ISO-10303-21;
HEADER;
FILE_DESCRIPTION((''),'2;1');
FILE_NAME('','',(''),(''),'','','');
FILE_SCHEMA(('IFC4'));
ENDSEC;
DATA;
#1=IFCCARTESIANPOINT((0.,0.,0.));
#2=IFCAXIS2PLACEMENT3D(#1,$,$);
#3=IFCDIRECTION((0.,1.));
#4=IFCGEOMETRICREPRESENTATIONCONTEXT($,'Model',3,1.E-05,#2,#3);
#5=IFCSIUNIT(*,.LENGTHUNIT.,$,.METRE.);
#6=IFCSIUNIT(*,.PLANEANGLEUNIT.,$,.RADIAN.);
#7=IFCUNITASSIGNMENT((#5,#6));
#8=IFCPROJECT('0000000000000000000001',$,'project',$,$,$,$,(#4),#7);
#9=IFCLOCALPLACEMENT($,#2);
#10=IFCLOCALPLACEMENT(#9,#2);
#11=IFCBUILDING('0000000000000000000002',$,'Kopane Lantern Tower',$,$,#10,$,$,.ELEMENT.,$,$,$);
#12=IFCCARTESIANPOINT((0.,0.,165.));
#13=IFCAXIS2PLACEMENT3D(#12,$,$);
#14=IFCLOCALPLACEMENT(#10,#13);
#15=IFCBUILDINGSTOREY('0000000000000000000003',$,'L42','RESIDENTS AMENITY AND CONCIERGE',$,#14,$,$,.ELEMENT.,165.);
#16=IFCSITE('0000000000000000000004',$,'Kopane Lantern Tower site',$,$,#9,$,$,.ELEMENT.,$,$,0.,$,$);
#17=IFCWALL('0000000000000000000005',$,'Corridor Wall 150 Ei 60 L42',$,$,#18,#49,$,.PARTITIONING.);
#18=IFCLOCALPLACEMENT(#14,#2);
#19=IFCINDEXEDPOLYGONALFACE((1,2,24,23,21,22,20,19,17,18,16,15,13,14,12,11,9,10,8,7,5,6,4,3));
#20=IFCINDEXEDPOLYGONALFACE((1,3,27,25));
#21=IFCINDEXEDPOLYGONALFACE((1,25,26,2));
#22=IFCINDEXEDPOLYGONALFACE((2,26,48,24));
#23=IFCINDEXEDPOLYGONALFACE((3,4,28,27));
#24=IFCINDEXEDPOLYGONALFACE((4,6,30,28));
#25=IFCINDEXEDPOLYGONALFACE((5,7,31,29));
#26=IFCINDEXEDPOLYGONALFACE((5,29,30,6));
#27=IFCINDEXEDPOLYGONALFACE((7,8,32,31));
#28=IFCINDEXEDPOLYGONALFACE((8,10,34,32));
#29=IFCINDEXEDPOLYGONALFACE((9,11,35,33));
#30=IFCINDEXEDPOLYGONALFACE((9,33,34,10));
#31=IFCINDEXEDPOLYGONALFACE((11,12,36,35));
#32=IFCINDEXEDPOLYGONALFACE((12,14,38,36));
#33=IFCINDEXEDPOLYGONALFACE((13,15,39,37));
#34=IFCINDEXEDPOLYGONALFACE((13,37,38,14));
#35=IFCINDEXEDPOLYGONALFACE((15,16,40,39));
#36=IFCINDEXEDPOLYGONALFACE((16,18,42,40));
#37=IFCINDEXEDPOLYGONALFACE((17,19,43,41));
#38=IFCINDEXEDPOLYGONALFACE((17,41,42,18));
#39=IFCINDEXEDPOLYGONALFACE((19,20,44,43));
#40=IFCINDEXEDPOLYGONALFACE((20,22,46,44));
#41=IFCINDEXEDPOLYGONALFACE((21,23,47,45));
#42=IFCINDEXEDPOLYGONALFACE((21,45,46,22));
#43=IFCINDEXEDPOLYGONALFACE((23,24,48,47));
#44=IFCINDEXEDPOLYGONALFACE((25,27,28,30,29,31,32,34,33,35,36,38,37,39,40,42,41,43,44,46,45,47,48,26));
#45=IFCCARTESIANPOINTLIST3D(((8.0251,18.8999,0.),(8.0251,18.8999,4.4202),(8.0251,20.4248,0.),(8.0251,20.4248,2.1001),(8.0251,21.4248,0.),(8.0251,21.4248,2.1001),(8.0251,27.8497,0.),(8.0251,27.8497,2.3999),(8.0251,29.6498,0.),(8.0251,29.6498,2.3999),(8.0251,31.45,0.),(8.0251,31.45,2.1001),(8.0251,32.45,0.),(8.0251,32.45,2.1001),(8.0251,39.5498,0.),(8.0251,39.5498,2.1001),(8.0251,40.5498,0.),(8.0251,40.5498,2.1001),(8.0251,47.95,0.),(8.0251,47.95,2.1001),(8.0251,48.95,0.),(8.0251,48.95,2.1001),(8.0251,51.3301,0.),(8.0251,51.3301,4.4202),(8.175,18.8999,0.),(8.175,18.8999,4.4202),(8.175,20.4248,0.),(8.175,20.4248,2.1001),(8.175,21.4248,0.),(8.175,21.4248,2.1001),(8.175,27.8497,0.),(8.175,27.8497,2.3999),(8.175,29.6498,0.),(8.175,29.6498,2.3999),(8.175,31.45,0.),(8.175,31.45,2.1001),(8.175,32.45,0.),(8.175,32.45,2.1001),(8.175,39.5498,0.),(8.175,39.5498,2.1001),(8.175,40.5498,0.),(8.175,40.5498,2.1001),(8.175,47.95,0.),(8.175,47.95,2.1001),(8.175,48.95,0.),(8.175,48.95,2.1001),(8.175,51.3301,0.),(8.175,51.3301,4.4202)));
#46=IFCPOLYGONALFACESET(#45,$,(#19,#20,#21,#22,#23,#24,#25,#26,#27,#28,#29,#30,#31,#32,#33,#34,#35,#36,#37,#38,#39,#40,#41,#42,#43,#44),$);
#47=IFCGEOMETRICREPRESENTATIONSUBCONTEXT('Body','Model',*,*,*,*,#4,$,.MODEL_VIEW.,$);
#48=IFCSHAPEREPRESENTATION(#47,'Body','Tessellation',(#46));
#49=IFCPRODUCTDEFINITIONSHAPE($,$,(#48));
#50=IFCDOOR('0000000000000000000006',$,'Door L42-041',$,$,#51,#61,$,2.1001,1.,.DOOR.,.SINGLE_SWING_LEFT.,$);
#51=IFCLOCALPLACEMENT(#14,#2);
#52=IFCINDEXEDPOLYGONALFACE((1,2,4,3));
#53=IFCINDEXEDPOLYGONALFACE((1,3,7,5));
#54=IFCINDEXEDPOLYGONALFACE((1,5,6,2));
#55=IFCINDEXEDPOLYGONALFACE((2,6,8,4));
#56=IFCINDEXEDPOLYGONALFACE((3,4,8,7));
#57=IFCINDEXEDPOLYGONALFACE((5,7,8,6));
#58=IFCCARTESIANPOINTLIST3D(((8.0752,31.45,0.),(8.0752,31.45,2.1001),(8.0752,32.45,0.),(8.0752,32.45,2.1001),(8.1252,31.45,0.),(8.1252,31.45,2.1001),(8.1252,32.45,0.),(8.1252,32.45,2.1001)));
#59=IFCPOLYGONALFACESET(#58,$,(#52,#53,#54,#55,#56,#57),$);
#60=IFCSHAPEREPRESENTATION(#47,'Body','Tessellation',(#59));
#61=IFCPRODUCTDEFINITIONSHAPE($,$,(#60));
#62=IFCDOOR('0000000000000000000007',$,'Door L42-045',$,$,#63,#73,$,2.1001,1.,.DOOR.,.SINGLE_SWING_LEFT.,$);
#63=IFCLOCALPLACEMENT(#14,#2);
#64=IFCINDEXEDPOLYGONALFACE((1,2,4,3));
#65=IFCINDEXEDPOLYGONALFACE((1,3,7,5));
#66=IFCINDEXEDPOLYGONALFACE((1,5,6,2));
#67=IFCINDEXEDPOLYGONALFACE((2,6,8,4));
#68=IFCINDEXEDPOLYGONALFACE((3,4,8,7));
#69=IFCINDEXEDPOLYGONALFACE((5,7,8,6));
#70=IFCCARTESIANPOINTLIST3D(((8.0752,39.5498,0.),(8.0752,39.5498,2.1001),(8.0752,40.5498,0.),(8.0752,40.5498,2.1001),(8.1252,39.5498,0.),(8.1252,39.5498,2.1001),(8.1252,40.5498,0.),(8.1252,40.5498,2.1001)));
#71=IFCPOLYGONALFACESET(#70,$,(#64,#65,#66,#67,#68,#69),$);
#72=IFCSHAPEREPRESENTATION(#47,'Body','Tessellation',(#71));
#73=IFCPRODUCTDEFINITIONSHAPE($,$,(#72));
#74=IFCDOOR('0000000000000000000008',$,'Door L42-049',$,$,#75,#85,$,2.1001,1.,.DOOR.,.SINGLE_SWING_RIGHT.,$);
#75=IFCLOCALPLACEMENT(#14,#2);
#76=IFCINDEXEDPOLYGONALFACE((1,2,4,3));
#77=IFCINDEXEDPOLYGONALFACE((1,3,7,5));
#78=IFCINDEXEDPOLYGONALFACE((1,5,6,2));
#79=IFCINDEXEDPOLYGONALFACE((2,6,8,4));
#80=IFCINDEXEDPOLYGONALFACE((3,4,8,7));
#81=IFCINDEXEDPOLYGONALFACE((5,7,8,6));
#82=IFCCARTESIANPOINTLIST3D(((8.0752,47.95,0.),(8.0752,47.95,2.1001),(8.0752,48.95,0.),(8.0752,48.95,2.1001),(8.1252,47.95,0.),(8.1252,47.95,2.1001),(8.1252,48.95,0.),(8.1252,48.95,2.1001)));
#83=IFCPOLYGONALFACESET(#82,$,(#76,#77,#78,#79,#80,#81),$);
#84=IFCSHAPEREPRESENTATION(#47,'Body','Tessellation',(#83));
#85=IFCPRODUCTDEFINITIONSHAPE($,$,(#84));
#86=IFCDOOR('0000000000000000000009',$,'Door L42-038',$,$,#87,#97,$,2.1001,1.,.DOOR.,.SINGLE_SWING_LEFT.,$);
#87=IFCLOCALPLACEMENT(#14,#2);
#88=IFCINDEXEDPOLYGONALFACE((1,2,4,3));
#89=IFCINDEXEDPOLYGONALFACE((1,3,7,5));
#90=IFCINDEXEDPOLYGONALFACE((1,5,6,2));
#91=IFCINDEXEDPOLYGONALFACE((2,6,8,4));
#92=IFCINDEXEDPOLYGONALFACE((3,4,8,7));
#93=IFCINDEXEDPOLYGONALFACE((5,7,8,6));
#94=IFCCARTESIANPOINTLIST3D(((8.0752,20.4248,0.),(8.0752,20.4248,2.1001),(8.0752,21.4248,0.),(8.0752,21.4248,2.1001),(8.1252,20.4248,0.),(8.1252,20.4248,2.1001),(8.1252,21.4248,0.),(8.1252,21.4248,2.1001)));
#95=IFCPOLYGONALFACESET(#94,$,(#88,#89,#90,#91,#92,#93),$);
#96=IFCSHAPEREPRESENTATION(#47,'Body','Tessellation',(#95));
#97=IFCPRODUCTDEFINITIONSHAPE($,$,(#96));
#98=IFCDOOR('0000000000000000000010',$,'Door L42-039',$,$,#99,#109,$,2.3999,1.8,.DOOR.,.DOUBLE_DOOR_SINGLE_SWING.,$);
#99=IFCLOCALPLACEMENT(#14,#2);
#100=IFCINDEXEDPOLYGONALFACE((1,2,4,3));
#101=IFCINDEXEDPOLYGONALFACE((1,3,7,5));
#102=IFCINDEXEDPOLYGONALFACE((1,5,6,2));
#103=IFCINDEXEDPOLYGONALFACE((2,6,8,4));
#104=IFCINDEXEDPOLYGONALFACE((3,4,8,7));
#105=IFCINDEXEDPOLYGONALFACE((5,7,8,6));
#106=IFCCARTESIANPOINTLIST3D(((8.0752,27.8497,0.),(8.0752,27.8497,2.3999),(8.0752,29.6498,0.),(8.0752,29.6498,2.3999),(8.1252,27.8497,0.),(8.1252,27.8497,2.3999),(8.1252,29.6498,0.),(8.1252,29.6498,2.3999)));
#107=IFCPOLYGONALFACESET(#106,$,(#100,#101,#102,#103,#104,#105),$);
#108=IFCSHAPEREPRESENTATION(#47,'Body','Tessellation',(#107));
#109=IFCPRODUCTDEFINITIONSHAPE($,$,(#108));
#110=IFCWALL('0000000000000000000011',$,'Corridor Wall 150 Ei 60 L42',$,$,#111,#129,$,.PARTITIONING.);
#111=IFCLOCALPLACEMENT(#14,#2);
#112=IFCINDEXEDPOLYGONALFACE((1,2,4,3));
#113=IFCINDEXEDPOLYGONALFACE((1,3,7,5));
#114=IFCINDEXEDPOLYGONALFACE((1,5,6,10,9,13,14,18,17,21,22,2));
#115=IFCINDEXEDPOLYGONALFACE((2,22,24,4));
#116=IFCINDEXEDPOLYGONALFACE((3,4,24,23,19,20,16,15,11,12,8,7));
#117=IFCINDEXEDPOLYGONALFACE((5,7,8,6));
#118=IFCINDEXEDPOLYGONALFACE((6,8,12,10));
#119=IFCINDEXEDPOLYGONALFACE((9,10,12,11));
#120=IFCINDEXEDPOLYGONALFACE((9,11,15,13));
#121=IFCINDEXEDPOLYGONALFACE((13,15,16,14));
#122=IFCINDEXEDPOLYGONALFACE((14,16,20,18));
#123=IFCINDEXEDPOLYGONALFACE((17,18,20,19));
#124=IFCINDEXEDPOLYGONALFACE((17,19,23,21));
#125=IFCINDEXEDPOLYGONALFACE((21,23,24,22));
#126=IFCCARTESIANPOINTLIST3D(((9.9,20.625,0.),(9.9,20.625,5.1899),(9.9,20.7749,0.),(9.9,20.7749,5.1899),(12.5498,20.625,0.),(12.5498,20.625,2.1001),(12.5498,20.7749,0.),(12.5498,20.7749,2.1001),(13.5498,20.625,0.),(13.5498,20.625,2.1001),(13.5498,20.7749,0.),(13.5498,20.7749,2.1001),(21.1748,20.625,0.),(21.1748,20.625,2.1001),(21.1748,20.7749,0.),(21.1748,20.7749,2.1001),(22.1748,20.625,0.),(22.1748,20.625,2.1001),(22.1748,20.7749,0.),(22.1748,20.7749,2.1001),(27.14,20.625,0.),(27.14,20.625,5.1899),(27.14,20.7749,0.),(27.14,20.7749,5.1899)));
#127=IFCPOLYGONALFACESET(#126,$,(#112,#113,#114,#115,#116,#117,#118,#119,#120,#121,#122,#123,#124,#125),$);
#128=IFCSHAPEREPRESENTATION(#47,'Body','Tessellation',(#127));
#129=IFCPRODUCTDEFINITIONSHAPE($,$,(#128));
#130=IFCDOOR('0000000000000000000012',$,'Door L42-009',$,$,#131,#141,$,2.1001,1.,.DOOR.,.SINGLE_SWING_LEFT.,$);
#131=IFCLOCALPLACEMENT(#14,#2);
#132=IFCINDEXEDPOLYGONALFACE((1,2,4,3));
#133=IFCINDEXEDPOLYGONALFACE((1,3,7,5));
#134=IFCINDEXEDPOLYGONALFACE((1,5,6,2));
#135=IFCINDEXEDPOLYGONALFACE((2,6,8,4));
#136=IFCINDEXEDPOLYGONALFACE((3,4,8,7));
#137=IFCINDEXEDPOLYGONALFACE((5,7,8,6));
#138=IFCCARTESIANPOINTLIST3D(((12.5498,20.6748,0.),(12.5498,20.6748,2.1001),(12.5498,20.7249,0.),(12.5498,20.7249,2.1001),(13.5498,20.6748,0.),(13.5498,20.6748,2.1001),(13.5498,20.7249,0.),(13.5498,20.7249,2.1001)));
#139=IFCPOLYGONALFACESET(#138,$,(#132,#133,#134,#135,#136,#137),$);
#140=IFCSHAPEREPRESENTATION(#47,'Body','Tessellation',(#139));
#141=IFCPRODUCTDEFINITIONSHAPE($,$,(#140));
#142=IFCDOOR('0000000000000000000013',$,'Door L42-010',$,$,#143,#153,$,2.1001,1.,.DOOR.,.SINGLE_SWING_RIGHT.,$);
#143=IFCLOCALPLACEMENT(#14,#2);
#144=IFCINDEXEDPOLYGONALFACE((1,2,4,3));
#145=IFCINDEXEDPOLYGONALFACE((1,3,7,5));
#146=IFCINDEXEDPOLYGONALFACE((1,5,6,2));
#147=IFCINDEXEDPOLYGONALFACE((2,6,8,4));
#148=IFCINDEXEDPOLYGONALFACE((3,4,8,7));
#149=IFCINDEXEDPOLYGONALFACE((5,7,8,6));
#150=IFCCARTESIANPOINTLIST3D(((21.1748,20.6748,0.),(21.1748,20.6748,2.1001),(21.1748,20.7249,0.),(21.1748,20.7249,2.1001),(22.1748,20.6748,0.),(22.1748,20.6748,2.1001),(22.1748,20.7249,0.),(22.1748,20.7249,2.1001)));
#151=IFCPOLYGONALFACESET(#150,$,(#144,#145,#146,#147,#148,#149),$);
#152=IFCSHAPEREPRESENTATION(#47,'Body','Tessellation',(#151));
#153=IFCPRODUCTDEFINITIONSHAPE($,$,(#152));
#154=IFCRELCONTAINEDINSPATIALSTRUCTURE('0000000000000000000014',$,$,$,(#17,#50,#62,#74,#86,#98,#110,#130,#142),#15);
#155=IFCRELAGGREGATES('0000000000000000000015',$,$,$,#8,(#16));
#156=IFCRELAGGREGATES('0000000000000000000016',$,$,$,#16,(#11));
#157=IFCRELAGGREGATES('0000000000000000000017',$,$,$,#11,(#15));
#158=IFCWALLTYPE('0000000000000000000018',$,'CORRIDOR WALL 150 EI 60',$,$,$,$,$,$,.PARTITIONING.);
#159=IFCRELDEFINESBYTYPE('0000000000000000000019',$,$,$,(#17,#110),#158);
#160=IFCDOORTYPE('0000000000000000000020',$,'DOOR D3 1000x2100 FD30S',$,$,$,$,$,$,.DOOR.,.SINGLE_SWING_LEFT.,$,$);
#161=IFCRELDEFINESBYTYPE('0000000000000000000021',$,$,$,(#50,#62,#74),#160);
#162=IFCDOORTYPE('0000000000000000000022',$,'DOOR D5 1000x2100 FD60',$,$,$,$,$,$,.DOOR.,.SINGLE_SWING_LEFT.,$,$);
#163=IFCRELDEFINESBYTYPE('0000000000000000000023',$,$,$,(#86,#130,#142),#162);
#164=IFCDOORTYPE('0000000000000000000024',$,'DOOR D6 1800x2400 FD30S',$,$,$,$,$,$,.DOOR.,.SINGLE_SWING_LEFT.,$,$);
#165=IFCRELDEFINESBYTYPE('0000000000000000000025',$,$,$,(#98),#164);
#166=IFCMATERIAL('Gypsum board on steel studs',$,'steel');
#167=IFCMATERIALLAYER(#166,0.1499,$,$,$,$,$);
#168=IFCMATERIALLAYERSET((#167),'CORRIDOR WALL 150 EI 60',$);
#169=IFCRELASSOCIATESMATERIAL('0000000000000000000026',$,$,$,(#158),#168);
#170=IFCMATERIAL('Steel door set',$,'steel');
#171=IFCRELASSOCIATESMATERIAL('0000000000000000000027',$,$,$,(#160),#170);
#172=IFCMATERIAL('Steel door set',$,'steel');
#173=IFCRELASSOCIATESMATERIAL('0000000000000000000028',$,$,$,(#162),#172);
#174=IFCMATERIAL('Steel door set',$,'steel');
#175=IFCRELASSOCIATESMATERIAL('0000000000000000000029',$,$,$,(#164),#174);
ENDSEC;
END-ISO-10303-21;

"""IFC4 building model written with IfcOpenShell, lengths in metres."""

from ifc_helpers import new_model, si_unit, direction, frame, frame_2d, origin, place, context, subcontext, project, spatial, rectangle, extrude, material, layer, layer_set, type_object, element, fill, save


model = new_model("IFC4")

# Units and contexts
model_context = context("Model", 3, precision=1e-05, world=origin(), true_north=direction((0.0, 1.0)))
body_context = subcontext(model_context, "Body", "Model", "MODEL_VIEW")
ifc_project = project(units=[si_unit("LENGTHUNIT", "METRE"), si_unit("PLANEANGLEUNIT", "RADIAN")], contexts=[model_context])

# Site, building, storey
site_placement = place(None, origin())
site = spatial("IfcSite", under=ifc_project, at=site_placement, Name="Kopane Lantern Tower site", CompositionType="ELEMENT", RefElevation=0.0)
building_placement = place(site_placement, origin())
building = spatial("IfcBuilding", under=site, at=building_placement, Name="Kopane Lantern Tower", CompositionType="ELEMENT")
storey_placement = place(building_placement, frame((0.0, 0.0, 165.0)))
storey = spatial("IfcBuildingStorey", under=building, at=storey_placement, Name="L42", Description="RESIDENTS AMENITY AND CONCIERGE", CompositionType="ELEMENT", Elevation=165.0)

# Walls, openings, doors
ifc_material_1 = material(Name="Gypsum board on steel studs", Category="steel")
ifc_layer_1 = layer(ifc_material_1, 0.1499)
ifc_layer_set_1 = layer_set([ifc_layer_1], Name="CORRIDOR WALL 150 EI 60")
wall_type_1 = type_object("IfcWallType", Name="CORRIDOR WALL 150 EI 60", PredefinedType="PARTITIONING", material=ifc_layer_set_1)
ifc_material_2 = material(Name="Steel door set", Category="steel")
door_type_1 = type_object("IfcDoorType", Name="DOOR D3 1000x2100 FD30S", OperationType="SINGLE_SWING_LEFT", PredefinedType="DOOR", material=ifc_material_2)
ifc_material_3 = material(Name="Steel door set", Category="steel")
door_type_2 = type_object("IfcDoorType", Name="DOOR D5 1000x2100 FD60", OperationType="SINGLE_SWING_LEFT", PredefinedType="DOOR", material=ifc_material_3)
ifc_material_4 = material(Name="Steel door set", Category="steel")
door_type_3 = type_object("IfcDoorType", Name="DOOR D6 1800x2400 FD30S", OperationType="SINGLE_SWING_LEFT", PredefinedType="DOOR", material=ifc_material_4)
wall_1_placement = place(storey_placement, frame((8.1001, 18.8999, 0.0), z_axis=(0.0, 0.0, 1.0), x_axis=(0.0, 1.0, 0.0)))
wall_1 = element("IfcWall", 1, at=wall_1_placement, inside=storey, type_object=wall_type_1, Name="Corridor Wall 150 Ei 60 L42", PredefinedType="PARTITIONING", context=body_context, shape_type="SweptSolid", body=[
    extrude(rectangle(XDim=32.4302, YDim=0.1499, at=frame_2d((16.2151, 0.0))), origin(), (0.0, 0.0, 1.0), 4.4202),
])
opening_1_placement = place(wall_1_placement, frame((1.5249, 0.0, 0.0)))
opening_1 = element("IfcOpeningElement", 2, at=opening_1_placement, cuts=wall_1, PredefinedType="OPENING", context=body_context, shape_type="SweptSolid", body=[
    extrude(rectangle(XDim=1.0, YDim=2.1001, at=frame_2d((0.5, 1.05))), frame((0.0, 0.085, 0.0), z_axis=(0.0, -1.0, 0.0), x_axis=(1.0, 0.0, 0.0)), (0.0, 0.0, 1.0), 0.1699),
])
opening_2_placement = place(wall_1_placement, frame((8.95, 0.0, 0.0)))
opening_2 = element("IfcOpeningElement", 3, at=opening_2_placement, cuts=wall_1, PredefinedType="OPENING", context=body_context, shape_type="SweptSolid", body=[
    extrude(rectangle(XDim=1.8, YDim=2.3999, at=frame_2d((0.8999, 1.2))), frame((0.0, 0.085, 0.0), z_axis=(0.0, -1.0, 0.0), x_axis=(1.0, 0.0, 0.0)), (0.0, 0.0, 1.0), 0.1699),
])
opening_3_placement = place(wall_1_placement, frame((12.55, 0.0, 0.0)))
opening_3 = element("IfcOpeningElement", 4, at=opening_3_placement, cuts=wall_1, PredefinedType="OPENING", context=body_context, shape_type="SweptSolid", body=[
    extrude(rectangle(XDim=1.0, YDim=2.1001, at=frame_2d((0.5, 1.05))), frame((0.0, 0.085, 0.0), z_axis=(0.0, -1.0, 0.0), x_axis=(1.0, 0.0, 0.0)), (0.0, 0.0, 1.0), 0.1699),
])
opening_4_placement = place(wall_1_placement, frame((20.6499, 0.0, 0.0)))
opening_4 = element("IfcOpeningElement", 5, at=opening_4_placement, cuts=wall_1, PredefinedType="OPENING", context=body_context, shape_type="SweptSolid", body=[
    extrude(rectangle(XDim=1.0, YDim=2.1001, at=frame_2d((0.5, 1.05))), frame((0.0, 0.085, 0.0), z_axis=(0.0, -1.0, 0.0), x_axis=(1.0, 0.0, 0.0)), (0.0, 0.0, 1.0), 0.1699),
])
opening_5_placement = place(wall_1_placement, frame((29.05, 0.0, 0.0)))
opening_5 = element("IfcOpeningElement", 6, at=opening_5_placement, cuts=wall_1, PredefinedType="OPENING", context=body_context, shape_type="SweptSolid", body=[
    extrude(rectangle(XDim=1.0, YDim=2.1001, at=frame_2d((0.5, 1.05))), frame((0.0, 0.085, 0.0), z_axis=(0.0, -1.0, 0.0), x_axis=(1.0, 0.0, 0.0)), (0.0, 0.0, 1.0), 0.1699),
])
door_1_placement = place(opening_3_placement, origin())
door_1 = element("IfcDoor", 7, at=door_1_placement, inside=storey, type_object=door_type_1, Name="Door L42-041", OperationType="SINGLE_SWING_LEFT", OverallHeight=2.1001, OverallWidth=1.0, PredefinedType="DOOR", context=body_context, shape_type="SweptSolid", body=[
    extrude(rectangle(XDim=1.0, YDim=2.1001, at=frame_2d((0.5, 1.05))), frame((0.0, 0.0249, 0.0), z_axis=(0.0, -1.0, 0.0), x_axis=(1.0, 0.0, 0.0)), (0.0, 0.0, 1.0), 0.05),
])
fill(opening_3, door_1)
door_2_placement = place(opening_4_placement, origin())
door_2 = element("IfcDoor", 8, at=door_2_placement, inside=storey, type_object=door_type_1, Name="Door L42-045", OperationType="SINGLE_SWING_LEFT", OverallHeight=2.1001, OverallWidth=1.0, PredefinedType="DOOR", context=body_context, shape_type="SweptSolid", body=[
    extrude(rectangle(XDim=1.0, YDim=2.1001, at=frame_2d((0.5, 1.05))), frame((0.0, 0.0249, 0.0), z_axis=(0.0, -1.0, 0.0), x_axis=(1.0, 0.0, 0.0)), (0.0, 0.0, 1.0), 0.05),
])
fill(opening_4, door_2)
door_3_placement = place(opening_5_placement, origin())
door_3 = element("IfcDoor", 9, at=door_3_placement, inside=storey, type_object=door_type_1, Name="Door L42-049", OperationType="SINGLE_SWING_RIGHT", OverallHeight=2.1001, OverallWidth=1.0, PredefinedType="DOOR", context=body_context, shape_type="SweptSolid", body=[
    extrude(rectangle(XDim=1.0, YDim=2.1001, at=frame_2d((0.5, 1.05))), frame((0.0, 0.0249, 0.0), z_axis=(0.0, -1.0, 0.0), x_axis=(1.0, 0.0, 0.0)), (0.0, 0.0, 1.0), 0.05),
])
fill(opening_5, door_3)
door_4_placement = place(opening_1_placement, origin())
door_4 = element("IfcDoor", 10, at=door_4_placement, inside=storey, type_object=door_type_2, Name="Door L42-038", OperationType="SINGLE_SWING_LEFT", OverallHeight=2.1001, OverallWidth=1.0, PredefinedType="DOOR", context=body_context, shape_type="SweptSolid", body=[
    extrude(rectangle(XDim=1.0, YDim=2.1001, at=frame_2d((0.5, 1.05))), frame((0.0, 0.0249, 0.0), z_axis=(0.0, -1.0, 0.0), x_axis=(1.0, 0.0, 0.0)), (0.0, 0.0, 1.0), 0.05),
])
fill(opening_1, door_4)
door_5_placement = place(opening_2_placement, origin())
door_5 = element("IfcDoor", 11, at=door_5_placement, inside=storey, type_object=door_type_3, Name="Door L42-039", OperationType="DOUBLE_DOOR_SINGLE_SWING", OverallHeight=2.3999, OverallWidth=1.8, PredefinedType="DOOR", context=body_context, shape_type="SweptSolid", body=[
    extrude(rectangle(XDim=1.8, YDim=2.3999, at=frame_2d((0.8999, 1.2))), frame((0.0, 0.0249, 0.0), z_axis=(0.0, -1.0, 0.0), x_axis=(1.0, 0.0, 0.0)), (0.0, 0.0, 1.0), 0.05),
])
fill(opening_2, door_5)
wall_2_placement = place(storey_placement, frame((9.8999, 20.7, 0.0), z_axis=(0.0, 0.0, 1.0), x_axis=(1.0, 0.0, 0.0)))
wall_2 = element("IfcWall", 12, at=wall_2_placement, inside=storey, type_object=wall_type_1, Name="Corridor Wall 150 Ei 60 L42", PredefinedType="PARTITIONING", context=body_context, shape_type="SweptSolid", body=[
    extrude(rectangle(XDim=17.24, YDim=0.1499, at=frame_2d((8.6201, 0.0))), origin(), (0.0, 0.0, 1.0), 5.1899),
])
opening_6_placement = place(wall_2_placement, frame((2.6499, 0.0, 0.0)))
opening_6 = element("IfcOpeningElement", 13, at=opening_6_placement, cuts=wall_2, PredefinedType="OPENING", context=body_context, shape_type="SweptSolid", body=[
    extrude(rectangle(XDim=1.0, YDim=2.1001, at=frame_2d((0.5, 1.05))), frame((0.0, 0.085, 0.0), z_axis=(0.0, -1.0, 0.0), x_axis=(1.0, 0.0, 0.0)), (0.0, 0.0, 1.0), 0.1699),
])
opening_7_placement = place(wall_2_placement, frame((11.2749, 0.0, 0.0)))
opening_7 = element("IfcOpeningElement", 14, at=opening_7_placement, cuts=wall_2, PredefinedType="OPENING", context=body_context, shape_type="SweptSolid", body=[
    extrude(rectangle(XDim=1.0, YDim=2.1001, at=frame_2d((0.5, 1.05))), frame((0.0, 0.085, 0.0), z_axis=(0.0, -1.0, 0.0), x_axis=(1.0, 0.0, 0.0)), (0.0, 0.0, 1.0), 0.1699),
])
door_6_placement = place(opening_6_placement, origin())
door_6 = element("IfcDoor", 15, at=door_6_placement, inside=storey, type_object=door_type_2, Name="Door L42-009", OperationType="SINGLE_SWING_LEFT", OverallHeight=2.1001, OverallWidth=1.0, PredefinedType="DOOR", context=body_context, shape_type="SweptSolid", body=[
    extrude(rectangle(XDim=1.0, YDim=2.1001, at=frame_2d((0.5, 1.05))), frame((0.0, 0.0249, 0.0), z_axis=(0.0, -1.0, 0.0), x_axis=(1.0, 0.0, 0.0)), (0.0, 0.0, 1.0), 0.05),
])
fill(opening_6, door_6)
door_7_placement = place(opening_7_placement, origin())
door_7 = element("IfcDoor", 16, at=door_7_placement, inside=storey, type_object=door_type_2, Name="Door L42-010", OperationType="SINGLE_SWING_RIGHT", OverallHeight=2.1001, OverallWidth=1.0, PredefinedType="DOOR", context=body_context, shape_type="SweptSolid", body=[
    extrude(rectangle(XDim=1.0, YDim=2.1001, at=frame_2d((0.5, 1.05))), frame((0.0, 0.0249, 0.0), z_axis=(0.0, -1.0, 0.0), x_axis=(1.0, 0.0, 0.0)), (0.0, 0.0, 1.0), 0.05),
])
fill(opening_7, door_7)

save(model, "model.ifc")
